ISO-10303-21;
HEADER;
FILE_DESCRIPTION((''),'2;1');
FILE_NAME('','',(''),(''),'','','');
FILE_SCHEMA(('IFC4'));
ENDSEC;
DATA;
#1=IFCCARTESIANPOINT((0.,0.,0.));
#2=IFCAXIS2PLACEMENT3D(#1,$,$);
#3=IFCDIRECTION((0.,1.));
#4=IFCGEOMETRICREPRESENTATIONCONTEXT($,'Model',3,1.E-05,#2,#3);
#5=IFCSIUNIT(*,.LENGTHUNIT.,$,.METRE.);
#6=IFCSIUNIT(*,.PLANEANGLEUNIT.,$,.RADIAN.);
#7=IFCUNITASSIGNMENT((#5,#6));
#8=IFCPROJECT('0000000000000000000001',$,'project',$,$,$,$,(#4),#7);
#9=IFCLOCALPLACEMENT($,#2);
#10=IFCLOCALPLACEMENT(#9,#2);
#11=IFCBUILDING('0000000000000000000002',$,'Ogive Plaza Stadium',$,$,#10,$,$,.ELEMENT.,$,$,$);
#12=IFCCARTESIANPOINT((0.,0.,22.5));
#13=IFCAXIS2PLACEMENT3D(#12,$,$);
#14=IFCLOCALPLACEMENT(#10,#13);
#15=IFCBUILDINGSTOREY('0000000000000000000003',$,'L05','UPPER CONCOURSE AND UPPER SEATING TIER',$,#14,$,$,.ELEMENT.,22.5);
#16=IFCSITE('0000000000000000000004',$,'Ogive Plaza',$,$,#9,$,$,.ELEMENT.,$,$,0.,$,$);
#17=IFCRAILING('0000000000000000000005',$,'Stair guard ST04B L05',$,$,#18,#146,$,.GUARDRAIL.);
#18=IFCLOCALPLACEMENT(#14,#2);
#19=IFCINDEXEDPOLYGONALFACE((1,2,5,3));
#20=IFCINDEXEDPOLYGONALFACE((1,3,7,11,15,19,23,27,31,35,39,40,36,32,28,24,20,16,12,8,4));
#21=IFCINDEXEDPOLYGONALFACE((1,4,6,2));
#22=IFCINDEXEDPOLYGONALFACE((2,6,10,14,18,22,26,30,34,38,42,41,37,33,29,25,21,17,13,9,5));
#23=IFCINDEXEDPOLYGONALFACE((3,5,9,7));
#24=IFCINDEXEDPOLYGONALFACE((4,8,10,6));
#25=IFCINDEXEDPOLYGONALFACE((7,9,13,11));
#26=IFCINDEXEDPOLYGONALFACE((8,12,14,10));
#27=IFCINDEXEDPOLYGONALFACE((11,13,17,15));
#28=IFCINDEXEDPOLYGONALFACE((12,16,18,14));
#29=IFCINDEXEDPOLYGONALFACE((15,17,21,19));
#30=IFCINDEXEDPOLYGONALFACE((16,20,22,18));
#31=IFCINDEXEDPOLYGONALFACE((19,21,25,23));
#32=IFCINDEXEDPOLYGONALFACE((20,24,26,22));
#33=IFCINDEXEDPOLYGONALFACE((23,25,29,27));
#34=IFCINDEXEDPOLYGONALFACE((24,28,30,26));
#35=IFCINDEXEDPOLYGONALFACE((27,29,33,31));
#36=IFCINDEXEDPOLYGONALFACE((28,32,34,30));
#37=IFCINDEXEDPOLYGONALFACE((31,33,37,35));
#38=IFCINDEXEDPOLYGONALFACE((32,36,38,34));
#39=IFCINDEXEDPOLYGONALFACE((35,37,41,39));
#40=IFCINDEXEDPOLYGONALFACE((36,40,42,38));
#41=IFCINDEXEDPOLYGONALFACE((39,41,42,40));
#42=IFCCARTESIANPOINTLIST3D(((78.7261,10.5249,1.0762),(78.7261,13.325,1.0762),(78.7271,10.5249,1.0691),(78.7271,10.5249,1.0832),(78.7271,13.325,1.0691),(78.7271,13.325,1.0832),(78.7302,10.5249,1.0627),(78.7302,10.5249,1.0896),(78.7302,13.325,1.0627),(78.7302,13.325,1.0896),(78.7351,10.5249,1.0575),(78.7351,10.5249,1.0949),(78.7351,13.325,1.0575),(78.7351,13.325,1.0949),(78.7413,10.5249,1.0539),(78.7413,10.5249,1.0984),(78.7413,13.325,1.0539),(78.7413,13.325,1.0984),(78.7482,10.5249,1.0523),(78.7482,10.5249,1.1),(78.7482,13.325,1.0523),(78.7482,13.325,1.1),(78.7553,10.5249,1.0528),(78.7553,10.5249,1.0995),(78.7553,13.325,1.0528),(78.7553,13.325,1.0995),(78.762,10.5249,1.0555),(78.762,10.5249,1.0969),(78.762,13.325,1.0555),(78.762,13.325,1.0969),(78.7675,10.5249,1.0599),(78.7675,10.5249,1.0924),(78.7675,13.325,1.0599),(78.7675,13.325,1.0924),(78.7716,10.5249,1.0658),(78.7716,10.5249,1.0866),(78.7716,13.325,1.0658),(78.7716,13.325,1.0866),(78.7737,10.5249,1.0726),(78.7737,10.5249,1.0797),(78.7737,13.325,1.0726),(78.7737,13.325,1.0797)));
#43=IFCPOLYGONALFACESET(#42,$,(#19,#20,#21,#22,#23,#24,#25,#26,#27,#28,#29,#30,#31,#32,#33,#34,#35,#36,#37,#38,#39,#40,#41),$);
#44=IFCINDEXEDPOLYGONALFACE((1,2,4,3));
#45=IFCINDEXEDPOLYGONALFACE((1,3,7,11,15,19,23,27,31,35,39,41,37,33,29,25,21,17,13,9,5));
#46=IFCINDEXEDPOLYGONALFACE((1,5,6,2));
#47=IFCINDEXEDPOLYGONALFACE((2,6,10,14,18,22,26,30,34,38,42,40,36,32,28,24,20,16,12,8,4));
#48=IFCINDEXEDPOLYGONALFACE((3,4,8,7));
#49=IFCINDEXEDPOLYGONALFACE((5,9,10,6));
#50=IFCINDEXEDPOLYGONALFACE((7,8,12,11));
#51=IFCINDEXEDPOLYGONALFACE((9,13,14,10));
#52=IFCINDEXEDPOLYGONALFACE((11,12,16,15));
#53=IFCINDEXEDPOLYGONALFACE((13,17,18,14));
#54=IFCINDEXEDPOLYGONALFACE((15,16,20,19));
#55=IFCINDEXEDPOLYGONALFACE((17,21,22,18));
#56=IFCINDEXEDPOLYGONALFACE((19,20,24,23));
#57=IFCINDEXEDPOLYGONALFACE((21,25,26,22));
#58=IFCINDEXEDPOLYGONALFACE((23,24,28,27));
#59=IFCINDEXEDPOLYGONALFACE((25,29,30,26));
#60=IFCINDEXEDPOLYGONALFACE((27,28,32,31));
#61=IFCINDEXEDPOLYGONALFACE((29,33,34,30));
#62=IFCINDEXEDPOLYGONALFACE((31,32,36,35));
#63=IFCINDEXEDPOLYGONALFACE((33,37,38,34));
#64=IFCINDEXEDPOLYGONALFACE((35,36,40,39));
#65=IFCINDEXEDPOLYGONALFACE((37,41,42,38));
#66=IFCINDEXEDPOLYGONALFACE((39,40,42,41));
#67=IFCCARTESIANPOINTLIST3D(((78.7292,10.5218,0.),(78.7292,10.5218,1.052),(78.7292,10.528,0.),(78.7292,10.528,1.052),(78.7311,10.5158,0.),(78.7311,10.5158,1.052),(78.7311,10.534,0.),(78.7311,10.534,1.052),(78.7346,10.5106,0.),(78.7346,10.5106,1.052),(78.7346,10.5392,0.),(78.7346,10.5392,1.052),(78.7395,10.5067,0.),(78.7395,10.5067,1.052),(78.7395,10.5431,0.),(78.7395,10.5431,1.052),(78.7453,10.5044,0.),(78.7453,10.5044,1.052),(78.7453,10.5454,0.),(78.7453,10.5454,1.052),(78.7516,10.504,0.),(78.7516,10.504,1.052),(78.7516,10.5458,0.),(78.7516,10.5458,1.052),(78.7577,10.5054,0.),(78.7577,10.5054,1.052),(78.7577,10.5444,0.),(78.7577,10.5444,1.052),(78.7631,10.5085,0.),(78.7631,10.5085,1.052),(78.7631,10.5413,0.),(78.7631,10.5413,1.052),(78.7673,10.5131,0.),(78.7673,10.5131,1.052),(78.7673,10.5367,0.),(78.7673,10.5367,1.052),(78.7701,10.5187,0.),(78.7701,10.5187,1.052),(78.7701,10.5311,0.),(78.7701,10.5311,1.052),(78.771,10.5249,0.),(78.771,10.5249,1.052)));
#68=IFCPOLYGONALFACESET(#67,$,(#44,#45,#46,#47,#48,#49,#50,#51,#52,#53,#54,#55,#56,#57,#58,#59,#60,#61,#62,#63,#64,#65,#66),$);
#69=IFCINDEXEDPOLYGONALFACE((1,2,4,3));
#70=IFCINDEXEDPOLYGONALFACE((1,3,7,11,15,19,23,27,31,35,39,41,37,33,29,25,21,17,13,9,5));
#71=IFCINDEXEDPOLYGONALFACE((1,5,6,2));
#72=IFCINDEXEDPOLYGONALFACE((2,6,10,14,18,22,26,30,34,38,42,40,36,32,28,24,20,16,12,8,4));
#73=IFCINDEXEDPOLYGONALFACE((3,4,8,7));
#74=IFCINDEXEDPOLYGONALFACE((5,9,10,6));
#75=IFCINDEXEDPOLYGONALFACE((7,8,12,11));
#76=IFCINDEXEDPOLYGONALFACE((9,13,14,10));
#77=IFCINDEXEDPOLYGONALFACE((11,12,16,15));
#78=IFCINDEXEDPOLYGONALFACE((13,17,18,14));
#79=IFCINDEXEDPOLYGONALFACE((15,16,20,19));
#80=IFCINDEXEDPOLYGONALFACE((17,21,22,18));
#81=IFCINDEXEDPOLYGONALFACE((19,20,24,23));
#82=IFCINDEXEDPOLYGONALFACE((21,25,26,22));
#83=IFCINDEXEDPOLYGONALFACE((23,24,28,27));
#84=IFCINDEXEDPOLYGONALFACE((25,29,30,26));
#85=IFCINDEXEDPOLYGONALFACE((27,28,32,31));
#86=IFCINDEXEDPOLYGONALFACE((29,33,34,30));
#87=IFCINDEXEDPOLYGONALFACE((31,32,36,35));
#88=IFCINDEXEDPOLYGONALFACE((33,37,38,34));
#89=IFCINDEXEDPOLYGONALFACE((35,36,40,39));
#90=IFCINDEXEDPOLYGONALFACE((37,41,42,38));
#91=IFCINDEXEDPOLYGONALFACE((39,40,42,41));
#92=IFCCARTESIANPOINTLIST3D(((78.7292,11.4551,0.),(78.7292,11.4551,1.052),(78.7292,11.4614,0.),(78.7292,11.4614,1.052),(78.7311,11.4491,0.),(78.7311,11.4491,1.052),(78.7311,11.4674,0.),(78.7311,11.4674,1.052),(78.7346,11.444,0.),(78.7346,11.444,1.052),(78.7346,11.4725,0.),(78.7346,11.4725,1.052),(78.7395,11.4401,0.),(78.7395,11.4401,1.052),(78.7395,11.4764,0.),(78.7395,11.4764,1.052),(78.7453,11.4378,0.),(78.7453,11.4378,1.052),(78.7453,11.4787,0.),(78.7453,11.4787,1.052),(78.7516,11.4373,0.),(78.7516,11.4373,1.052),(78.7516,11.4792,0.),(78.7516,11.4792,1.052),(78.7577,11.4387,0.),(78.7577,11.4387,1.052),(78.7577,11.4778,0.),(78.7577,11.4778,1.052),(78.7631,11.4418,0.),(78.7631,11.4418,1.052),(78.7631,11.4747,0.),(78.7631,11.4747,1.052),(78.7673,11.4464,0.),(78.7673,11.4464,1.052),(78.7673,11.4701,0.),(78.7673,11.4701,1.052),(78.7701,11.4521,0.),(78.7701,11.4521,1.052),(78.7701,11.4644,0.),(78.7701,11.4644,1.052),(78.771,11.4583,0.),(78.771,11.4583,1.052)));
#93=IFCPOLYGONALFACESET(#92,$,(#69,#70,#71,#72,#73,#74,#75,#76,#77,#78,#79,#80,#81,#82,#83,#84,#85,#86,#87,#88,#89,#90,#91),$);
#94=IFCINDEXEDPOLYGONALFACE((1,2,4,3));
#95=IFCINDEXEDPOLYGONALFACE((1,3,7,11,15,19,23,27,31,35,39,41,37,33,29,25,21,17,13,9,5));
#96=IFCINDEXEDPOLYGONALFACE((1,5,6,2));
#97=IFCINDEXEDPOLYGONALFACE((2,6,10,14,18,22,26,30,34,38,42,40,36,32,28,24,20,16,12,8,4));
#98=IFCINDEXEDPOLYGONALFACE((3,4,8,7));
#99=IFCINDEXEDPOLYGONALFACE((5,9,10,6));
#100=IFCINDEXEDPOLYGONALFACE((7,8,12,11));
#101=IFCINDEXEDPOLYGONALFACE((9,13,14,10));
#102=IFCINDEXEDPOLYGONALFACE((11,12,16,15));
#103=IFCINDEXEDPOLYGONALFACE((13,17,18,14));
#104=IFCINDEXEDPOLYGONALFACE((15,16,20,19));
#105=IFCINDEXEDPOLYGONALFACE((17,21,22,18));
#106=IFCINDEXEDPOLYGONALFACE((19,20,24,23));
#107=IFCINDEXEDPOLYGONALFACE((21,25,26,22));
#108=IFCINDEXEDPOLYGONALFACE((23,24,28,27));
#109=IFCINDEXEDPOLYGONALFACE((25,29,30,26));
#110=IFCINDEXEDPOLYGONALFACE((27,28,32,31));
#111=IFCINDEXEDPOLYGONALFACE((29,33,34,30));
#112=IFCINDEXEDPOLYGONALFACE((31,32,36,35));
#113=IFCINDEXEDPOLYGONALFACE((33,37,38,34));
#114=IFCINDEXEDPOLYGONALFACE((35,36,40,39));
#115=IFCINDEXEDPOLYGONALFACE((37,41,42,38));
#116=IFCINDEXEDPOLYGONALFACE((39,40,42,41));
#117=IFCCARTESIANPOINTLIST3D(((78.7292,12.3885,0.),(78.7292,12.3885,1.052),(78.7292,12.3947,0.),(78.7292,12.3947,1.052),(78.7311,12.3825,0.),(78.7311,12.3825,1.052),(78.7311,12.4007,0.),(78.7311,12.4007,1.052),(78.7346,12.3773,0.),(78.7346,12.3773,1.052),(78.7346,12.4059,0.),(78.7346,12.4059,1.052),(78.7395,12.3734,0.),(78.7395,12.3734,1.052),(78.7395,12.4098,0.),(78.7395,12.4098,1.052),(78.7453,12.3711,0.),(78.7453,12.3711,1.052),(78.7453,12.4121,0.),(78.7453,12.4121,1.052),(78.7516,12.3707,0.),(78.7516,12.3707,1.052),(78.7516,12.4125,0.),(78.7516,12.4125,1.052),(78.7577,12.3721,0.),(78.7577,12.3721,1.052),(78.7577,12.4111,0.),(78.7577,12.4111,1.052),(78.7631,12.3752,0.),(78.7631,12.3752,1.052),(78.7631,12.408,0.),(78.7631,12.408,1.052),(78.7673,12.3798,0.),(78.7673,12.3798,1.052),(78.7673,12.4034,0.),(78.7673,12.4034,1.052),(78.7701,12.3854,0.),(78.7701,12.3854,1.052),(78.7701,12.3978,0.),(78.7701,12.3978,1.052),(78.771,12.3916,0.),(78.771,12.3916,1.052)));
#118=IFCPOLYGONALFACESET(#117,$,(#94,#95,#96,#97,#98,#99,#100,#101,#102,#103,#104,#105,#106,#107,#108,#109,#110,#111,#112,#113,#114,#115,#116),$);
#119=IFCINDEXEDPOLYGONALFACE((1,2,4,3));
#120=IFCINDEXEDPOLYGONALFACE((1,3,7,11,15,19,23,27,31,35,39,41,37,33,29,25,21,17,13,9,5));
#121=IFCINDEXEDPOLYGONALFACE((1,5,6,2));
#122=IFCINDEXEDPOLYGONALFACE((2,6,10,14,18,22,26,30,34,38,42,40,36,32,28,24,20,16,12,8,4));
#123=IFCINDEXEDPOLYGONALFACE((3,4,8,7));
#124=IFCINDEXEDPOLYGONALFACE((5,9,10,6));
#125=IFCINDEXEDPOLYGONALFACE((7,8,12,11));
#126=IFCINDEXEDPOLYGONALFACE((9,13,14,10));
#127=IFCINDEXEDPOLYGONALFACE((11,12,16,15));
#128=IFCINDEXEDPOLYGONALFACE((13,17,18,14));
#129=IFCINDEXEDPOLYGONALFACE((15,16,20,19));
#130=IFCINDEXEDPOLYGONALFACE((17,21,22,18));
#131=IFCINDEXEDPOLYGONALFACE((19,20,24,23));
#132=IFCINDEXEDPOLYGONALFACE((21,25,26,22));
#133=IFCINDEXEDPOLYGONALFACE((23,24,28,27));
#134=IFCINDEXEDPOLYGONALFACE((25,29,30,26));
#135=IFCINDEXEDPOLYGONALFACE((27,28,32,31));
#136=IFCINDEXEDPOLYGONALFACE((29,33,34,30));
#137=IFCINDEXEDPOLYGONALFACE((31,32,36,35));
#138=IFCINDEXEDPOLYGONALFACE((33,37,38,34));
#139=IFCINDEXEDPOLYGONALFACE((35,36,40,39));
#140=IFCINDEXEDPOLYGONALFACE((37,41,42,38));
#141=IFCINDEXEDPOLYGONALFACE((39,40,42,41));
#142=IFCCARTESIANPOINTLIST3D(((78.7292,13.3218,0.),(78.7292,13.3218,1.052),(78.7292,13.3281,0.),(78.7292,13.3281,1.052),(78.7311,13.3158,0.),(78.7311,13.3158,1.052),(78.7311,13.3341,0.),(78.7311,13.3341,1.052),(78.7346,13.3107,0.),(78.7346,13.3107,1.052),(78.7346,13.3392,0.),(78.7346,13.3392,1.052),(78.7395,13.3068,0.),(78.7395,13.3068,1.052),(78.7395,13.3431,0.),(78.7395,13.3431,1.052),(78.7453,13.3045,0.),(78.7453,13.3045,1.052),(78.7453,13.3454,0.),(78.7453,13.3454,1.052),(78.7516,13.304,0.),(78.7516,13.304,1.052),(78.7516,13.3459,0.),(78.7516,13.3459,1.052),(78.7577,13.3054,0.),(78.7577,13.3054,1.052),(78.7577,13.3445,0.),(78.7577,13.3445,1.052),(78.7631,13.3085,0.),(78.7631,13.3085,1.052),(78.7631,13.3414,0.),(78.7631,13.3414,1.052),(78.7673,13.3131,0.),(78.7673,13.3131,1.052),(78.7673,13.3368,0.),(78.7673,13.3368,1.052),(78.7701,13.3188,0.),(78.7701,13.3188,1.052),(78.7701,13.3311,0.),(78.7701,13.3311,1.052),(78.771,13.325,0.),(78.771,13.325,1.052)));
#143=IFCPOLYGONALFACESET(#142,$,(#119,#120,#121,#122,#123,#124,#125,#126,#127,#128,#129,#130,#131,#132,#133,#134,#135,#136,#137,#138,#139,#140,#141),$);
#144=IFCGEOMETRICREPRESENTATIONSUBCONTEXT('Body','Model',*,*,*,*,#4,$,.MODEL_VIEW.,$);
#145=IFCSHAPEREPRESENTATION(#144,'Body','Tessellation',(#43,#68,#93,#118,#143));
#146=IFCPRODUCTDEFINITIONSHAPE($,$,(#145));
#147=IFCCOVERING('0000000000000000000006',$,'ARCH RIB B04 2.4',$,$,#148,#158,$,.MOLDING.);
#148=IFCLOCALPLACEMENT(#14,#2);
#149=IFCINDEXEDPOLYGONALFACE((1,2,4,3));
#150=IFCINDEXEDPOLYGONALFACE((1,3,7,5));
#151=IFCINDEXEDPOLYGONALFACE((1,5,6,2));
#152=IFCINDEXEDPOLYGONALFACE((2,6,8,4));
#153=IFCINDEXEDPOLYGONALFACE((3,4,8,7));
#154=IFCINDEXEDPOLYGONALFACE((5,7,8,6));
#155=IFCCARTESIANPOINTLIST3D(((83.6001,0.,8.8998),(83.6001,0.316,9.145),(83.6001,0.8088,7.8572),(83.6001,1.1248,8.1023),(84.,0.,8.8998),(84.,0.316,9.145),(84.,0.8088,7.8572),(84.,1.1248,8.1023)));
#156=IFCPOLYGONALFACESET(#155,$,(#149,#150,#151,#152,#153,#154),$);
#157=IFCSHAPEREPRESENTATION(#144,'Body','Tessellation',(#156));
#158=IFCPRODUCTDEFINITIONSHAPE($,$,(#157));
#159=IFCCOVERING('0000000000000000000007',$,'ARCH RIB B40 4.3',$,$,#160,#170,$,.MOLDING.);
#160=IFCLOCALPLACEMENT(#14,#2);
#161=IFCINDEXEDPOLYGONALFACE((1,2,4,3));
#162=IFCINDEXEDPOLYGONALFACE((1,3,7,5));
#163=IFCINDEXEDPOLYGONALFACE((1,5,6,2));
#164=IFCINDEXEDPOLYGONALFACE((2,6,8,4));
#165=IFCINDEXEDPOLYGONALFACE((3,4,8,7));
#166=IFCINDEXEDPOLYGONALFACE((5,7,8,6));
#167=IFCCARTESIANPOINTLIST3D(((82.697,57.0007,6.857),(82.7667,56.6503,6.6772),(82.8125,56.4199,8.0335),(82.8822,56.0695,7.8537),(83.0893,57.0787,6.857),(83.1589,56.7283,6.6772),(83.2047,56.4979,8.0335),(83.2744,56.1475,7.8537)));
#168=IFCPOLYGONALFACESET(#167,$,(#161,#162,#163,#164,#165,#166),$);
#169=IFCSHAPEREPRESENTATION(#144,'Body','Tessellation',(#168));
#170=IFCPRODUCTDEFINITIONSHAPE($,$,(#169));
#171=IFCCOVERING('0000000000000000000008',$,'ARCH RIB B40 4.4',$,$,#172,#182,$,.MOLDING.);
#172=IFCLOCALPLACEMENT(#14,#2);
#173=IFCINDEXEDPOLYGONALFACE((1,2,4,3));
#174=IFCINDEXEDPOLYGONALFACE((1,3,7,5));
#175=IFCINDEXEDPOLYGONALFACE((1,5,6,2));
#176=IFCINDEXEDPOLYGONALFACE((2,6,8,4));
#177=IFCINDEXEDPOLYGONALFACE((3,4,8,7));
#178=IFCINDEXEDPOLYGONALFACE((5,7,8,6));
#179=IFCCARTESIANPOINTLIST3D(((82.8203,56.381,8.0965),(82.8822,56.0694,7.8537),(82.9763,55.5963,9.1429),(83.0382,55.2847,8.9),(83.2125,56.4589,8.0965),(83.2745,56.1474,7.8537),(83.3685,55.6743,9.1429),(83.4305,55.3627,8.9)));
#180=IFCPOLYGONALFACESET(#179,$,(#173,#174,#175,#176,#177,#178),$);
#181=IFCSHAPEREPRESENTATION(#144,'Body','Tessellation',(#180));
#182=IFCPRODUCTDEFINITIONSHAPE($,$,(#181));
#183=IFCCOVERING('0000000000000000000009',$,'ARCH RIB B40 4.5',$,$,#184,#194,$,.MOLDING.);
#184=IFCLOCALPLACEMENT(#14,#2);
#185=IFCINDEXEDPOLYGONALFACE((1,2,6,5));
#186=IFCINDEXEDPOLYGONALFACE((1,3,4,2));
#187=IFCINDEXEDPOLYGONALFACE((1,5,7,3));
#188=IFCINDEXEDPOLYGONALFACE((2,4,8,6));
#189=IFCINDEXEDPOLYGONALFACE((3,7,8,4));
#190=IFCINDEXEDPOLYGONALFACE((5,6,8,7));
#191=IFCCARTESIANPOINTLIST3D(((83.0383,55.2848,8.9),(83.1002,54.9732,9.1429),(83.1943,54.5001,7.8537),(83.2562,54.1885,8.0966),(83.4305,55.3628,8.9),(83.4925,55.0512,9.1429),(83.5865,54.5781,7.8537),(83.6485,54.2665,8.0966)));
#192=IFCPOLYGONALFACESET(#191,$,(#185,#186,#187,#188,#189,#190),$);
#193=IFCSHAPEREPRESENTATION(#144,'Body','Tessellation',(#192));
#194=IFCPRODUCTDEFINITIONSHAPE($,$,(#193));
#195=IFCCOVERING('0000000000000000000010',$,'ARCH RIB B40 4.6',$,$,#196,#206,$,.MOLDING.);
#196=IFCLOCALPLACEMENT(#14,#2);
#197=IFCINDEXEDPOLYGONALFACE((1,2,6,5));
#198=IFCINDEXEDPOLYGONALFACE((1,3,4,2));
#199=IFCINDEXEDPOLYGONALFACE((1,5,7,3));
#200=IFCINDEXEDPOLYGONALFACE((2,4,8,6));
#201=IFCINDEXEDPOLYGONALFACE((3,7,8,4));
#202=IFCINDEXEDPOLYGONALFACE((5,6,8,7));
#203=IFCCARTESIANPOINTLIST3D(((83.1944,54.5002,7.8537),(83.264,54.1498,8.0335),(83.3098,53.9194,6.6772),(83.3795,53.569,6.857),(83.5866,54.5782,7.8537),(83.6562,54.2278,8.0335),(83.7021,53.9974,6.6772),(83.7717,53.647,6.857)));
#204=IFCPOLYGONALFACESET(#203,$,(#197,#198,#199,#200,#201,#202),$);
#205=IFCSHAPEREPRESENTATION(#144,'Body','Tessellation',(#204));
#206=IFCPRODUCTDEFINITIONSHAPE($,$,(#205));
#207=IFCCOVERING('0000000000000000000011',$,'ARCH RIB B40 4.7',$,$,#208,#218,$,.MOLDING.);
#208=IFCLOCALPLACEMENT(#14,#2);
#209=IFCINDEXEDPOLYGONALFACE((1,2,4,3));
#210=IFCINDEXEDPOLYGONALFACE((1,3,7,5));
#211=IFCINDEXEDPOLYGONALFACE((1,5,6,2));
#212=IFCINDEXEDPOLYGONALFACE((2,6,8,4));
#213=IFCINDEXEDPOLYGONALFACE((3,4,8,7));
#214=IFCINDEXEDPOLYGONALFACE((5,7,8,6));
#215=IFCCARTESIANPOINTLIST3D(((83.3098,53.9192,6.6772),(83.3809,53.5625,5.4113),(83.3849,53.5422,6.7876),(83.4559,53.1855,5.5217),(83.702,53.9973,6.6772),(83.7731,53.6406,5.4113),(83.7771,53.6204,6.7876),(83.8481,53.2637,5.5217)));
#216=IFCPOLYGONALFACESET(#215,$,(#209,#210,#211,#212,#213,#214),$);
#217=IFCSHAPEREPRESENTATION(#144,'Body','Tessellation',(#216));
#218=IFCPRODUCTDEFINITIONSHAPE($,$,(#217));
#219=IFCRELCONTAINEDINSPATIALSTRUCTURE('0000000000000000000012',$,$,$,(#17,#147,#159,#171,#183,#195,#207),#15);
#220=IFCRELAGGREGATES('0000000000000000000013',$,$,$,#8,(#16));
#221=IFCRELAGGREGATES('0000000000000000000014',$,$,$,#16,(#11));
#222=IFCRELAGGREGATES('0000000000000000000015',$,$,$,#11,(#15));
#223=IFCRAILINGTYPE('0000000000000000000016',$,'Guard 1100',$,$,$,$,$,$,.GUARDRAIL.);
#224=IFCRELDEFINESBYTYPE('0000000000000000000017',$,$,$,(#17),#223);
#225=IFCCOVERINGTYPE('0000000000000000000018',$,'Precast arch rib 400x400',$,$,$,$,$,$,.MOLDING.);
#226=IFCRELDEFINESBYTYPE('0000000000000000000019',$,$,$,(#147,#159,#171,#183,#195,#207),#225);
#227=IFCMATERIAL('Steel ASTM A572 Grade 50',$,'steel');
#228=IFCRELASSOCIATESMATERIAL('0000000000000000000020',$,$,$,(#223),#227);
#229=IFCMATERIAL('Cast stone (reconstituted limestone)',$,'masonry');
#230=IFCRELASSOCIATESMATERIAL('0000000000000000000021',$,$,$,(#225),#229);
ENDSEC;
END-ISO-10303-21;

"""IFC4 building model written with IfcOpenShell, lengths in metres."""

from ifc_helpers import new_model, si_unit, direction, frame, origin, origin_2d, place, context, subcontext, project, spatial, rectangle, circle, extrude, material, material_profile, profile_set, type_object, element, save


model = new_model("IFC4")

# Units and contexts
model_context = context("Model", 3, precision=1e-05, world=origin(), true_north=direction((0.0, 1.0)))
body_context = subcontext(model_context, "Body", "Model", "MODEL_VIEW")
ifc_project = project(units=[si_unit("LENGTHUNIT", "METRE"), si_unit("PLANEANGLEUNIT", "RADIAN")], contexts=[model_context])

# Site, building, storey
site_placement = place(None, origin())
site = spatial("IfcSite", under=ifc_project, at=site_placement, Name="Ogive Plaza", CompositionType="ELEMENT", RefElevation=0.0)
building_placement = place(site_placement, origin())
building = spatial("IfcBuilding", under=site, at=building_placement, Name="Ogive Plaza Stadium", CompositionType="ELEMENT")
storey_placement = place(building_placement, frame((0.0, 0.0, 22.5)))
storey = spatial("IfcBuildingStorey", under=building, at=storey_placement, Name="L05", Description="UPPER CONCOURSE AND UPPER SEATING TIER", CompositionType="ELEMENT", Elevation=22.5)

# Railing
ifc_material_1 = material(Name="Steel ASTM A572 Grade 50", Category="steel")
railing_type = type_object("IfcRailingType", Name="Guard 1100", PredefinedType="GUARDRAIL", material=ifc_material_1)
for number, where, name in (
    (1, (78.75, 10.5249, 0.0), "Stair guard ST04B L05"),
):
    element("IfcRailing", number, at=place(storey_placement, frame(where)), inside=storey, type_object=railing_type, Name=name, PredefinedType="GUARDRAIL", context=body_context, shape_type="SweptSolid", body=[
        extrude(circle(Radius=0.0239, at=origin_2d()), frame((0.0, 0.0, 1.0762), z_axis=(0.0, 1.0, 0.0), x_axis=(-1.0, 0.0, 0.0)), (0.0, 0.0, 1.0), 2.8),
        extrude(circle(Radius=0.021, at=origin_2d()), origin(), (0.0, 0.0, 1.0), 1.052),
        extrude(circle(Radius=0.021, at=origin_2d()), frame((0.0, 0.9333, 0.0)), (0.0, 0.0, 1.0), 1.052),
        extrude(circle(Radius=0.021, at=origin_2d()), frame((0.0, 1.8667, 0.0)), (0.0, 0.0, 1.0), 1.052),
        extrude(circle(Radius=0.021, at=origin_2d()), frame((0.0, 2.8, 0.0)), (0.0, 0.0, 1.0), 1.052),
    ])

# Coverings
ifc_material_2 = material(Name="Cast stone (reconstituted limestone)", Category="masonry")
ifc_material_profile_1 = material_profile(ifc_material_2, rectangle(XDim=0.3999, YDim=0.3999, at=origin_2d()), Name="Cast stone 400x400")
ifc_profile_set_1 = profile_set([ifc_material_profile_1], Name="Cast stone (reconstituted limestone)")
covering_type_1 = type_object("IfcCoveringType", Name="Precast arch rib 400x400", PredefinedType="MOLDING", material=ifc_profile_set_1)
covering_1_placement = place(storey_placement, frame((83.8, 0.9668, 7.9797), z_axis=(0.0, -0.612915, 0.790148), x_axis=(1.0, 0.0, 0.0)))
element("IfcCovering", 2, at=covering_1_placement, inside=storey, type_object=covering_type_1, Name="ARCH RIB B04 2.4", PredefinedType="MOLDING", context=body_context, shape_type="SweptSolid", body=[
    extrude(rectangle(XDim=0.3999, YDim=0.3999, at=origin_2d()), origin(), (0.0, 0.0, 1.0), 1.3196),
])
for number, where, z_axis, x_axis, name in (
    (3, (82.928, 56.8645, 6.7671), (0.087674, -0.440963, 0.893233), (0.980802, 0.195006, 0.0), "ARCH RIB B40 4.3"),
    (4, (83.0474, 56.2642, 7.9751), (0.118439, -0.595717, 0.794414), (0.980803, 0.195001, 0.0), "ARCH RIB B40 4.4"),
    (5, (83.2654, 55.168, 9.0215), (0.118439, -0.595717, -0.794414), (0.980803, 0.195001, 0.0), "ARCH RIB B40 4.5"),
    (6, (83.4253, 54.364, 7.9436), (0.087674, -0.440963, -0.893233), (0.980802, 0.195006, 0.0), "ARCH RIB B40 4.6"),
    (7, (83.5435, 53.7698, 6.7324), (0.053941, -0.270818, -0.961118), (0.980735, 0.195342, 0.0), "ARCH RIB B40 4.7"),
):
    element("IfcCovering", number, at=place(storey_placement, frame(where, z_axis=z_axis, x_axis=x_axis)), inside=storey, type_object=covering_type_1, Name=name, PredefinedType="MOLDING", context=body_context, shape_type="SweptSolid", body=[
        extrude(rectangle(XDim=0.3999, YDim=0.3999, at=origin_2d()), origin(), (0.0, 0.0, 1.0), 1.3171),
    ])

save(model, "model.ifc")
